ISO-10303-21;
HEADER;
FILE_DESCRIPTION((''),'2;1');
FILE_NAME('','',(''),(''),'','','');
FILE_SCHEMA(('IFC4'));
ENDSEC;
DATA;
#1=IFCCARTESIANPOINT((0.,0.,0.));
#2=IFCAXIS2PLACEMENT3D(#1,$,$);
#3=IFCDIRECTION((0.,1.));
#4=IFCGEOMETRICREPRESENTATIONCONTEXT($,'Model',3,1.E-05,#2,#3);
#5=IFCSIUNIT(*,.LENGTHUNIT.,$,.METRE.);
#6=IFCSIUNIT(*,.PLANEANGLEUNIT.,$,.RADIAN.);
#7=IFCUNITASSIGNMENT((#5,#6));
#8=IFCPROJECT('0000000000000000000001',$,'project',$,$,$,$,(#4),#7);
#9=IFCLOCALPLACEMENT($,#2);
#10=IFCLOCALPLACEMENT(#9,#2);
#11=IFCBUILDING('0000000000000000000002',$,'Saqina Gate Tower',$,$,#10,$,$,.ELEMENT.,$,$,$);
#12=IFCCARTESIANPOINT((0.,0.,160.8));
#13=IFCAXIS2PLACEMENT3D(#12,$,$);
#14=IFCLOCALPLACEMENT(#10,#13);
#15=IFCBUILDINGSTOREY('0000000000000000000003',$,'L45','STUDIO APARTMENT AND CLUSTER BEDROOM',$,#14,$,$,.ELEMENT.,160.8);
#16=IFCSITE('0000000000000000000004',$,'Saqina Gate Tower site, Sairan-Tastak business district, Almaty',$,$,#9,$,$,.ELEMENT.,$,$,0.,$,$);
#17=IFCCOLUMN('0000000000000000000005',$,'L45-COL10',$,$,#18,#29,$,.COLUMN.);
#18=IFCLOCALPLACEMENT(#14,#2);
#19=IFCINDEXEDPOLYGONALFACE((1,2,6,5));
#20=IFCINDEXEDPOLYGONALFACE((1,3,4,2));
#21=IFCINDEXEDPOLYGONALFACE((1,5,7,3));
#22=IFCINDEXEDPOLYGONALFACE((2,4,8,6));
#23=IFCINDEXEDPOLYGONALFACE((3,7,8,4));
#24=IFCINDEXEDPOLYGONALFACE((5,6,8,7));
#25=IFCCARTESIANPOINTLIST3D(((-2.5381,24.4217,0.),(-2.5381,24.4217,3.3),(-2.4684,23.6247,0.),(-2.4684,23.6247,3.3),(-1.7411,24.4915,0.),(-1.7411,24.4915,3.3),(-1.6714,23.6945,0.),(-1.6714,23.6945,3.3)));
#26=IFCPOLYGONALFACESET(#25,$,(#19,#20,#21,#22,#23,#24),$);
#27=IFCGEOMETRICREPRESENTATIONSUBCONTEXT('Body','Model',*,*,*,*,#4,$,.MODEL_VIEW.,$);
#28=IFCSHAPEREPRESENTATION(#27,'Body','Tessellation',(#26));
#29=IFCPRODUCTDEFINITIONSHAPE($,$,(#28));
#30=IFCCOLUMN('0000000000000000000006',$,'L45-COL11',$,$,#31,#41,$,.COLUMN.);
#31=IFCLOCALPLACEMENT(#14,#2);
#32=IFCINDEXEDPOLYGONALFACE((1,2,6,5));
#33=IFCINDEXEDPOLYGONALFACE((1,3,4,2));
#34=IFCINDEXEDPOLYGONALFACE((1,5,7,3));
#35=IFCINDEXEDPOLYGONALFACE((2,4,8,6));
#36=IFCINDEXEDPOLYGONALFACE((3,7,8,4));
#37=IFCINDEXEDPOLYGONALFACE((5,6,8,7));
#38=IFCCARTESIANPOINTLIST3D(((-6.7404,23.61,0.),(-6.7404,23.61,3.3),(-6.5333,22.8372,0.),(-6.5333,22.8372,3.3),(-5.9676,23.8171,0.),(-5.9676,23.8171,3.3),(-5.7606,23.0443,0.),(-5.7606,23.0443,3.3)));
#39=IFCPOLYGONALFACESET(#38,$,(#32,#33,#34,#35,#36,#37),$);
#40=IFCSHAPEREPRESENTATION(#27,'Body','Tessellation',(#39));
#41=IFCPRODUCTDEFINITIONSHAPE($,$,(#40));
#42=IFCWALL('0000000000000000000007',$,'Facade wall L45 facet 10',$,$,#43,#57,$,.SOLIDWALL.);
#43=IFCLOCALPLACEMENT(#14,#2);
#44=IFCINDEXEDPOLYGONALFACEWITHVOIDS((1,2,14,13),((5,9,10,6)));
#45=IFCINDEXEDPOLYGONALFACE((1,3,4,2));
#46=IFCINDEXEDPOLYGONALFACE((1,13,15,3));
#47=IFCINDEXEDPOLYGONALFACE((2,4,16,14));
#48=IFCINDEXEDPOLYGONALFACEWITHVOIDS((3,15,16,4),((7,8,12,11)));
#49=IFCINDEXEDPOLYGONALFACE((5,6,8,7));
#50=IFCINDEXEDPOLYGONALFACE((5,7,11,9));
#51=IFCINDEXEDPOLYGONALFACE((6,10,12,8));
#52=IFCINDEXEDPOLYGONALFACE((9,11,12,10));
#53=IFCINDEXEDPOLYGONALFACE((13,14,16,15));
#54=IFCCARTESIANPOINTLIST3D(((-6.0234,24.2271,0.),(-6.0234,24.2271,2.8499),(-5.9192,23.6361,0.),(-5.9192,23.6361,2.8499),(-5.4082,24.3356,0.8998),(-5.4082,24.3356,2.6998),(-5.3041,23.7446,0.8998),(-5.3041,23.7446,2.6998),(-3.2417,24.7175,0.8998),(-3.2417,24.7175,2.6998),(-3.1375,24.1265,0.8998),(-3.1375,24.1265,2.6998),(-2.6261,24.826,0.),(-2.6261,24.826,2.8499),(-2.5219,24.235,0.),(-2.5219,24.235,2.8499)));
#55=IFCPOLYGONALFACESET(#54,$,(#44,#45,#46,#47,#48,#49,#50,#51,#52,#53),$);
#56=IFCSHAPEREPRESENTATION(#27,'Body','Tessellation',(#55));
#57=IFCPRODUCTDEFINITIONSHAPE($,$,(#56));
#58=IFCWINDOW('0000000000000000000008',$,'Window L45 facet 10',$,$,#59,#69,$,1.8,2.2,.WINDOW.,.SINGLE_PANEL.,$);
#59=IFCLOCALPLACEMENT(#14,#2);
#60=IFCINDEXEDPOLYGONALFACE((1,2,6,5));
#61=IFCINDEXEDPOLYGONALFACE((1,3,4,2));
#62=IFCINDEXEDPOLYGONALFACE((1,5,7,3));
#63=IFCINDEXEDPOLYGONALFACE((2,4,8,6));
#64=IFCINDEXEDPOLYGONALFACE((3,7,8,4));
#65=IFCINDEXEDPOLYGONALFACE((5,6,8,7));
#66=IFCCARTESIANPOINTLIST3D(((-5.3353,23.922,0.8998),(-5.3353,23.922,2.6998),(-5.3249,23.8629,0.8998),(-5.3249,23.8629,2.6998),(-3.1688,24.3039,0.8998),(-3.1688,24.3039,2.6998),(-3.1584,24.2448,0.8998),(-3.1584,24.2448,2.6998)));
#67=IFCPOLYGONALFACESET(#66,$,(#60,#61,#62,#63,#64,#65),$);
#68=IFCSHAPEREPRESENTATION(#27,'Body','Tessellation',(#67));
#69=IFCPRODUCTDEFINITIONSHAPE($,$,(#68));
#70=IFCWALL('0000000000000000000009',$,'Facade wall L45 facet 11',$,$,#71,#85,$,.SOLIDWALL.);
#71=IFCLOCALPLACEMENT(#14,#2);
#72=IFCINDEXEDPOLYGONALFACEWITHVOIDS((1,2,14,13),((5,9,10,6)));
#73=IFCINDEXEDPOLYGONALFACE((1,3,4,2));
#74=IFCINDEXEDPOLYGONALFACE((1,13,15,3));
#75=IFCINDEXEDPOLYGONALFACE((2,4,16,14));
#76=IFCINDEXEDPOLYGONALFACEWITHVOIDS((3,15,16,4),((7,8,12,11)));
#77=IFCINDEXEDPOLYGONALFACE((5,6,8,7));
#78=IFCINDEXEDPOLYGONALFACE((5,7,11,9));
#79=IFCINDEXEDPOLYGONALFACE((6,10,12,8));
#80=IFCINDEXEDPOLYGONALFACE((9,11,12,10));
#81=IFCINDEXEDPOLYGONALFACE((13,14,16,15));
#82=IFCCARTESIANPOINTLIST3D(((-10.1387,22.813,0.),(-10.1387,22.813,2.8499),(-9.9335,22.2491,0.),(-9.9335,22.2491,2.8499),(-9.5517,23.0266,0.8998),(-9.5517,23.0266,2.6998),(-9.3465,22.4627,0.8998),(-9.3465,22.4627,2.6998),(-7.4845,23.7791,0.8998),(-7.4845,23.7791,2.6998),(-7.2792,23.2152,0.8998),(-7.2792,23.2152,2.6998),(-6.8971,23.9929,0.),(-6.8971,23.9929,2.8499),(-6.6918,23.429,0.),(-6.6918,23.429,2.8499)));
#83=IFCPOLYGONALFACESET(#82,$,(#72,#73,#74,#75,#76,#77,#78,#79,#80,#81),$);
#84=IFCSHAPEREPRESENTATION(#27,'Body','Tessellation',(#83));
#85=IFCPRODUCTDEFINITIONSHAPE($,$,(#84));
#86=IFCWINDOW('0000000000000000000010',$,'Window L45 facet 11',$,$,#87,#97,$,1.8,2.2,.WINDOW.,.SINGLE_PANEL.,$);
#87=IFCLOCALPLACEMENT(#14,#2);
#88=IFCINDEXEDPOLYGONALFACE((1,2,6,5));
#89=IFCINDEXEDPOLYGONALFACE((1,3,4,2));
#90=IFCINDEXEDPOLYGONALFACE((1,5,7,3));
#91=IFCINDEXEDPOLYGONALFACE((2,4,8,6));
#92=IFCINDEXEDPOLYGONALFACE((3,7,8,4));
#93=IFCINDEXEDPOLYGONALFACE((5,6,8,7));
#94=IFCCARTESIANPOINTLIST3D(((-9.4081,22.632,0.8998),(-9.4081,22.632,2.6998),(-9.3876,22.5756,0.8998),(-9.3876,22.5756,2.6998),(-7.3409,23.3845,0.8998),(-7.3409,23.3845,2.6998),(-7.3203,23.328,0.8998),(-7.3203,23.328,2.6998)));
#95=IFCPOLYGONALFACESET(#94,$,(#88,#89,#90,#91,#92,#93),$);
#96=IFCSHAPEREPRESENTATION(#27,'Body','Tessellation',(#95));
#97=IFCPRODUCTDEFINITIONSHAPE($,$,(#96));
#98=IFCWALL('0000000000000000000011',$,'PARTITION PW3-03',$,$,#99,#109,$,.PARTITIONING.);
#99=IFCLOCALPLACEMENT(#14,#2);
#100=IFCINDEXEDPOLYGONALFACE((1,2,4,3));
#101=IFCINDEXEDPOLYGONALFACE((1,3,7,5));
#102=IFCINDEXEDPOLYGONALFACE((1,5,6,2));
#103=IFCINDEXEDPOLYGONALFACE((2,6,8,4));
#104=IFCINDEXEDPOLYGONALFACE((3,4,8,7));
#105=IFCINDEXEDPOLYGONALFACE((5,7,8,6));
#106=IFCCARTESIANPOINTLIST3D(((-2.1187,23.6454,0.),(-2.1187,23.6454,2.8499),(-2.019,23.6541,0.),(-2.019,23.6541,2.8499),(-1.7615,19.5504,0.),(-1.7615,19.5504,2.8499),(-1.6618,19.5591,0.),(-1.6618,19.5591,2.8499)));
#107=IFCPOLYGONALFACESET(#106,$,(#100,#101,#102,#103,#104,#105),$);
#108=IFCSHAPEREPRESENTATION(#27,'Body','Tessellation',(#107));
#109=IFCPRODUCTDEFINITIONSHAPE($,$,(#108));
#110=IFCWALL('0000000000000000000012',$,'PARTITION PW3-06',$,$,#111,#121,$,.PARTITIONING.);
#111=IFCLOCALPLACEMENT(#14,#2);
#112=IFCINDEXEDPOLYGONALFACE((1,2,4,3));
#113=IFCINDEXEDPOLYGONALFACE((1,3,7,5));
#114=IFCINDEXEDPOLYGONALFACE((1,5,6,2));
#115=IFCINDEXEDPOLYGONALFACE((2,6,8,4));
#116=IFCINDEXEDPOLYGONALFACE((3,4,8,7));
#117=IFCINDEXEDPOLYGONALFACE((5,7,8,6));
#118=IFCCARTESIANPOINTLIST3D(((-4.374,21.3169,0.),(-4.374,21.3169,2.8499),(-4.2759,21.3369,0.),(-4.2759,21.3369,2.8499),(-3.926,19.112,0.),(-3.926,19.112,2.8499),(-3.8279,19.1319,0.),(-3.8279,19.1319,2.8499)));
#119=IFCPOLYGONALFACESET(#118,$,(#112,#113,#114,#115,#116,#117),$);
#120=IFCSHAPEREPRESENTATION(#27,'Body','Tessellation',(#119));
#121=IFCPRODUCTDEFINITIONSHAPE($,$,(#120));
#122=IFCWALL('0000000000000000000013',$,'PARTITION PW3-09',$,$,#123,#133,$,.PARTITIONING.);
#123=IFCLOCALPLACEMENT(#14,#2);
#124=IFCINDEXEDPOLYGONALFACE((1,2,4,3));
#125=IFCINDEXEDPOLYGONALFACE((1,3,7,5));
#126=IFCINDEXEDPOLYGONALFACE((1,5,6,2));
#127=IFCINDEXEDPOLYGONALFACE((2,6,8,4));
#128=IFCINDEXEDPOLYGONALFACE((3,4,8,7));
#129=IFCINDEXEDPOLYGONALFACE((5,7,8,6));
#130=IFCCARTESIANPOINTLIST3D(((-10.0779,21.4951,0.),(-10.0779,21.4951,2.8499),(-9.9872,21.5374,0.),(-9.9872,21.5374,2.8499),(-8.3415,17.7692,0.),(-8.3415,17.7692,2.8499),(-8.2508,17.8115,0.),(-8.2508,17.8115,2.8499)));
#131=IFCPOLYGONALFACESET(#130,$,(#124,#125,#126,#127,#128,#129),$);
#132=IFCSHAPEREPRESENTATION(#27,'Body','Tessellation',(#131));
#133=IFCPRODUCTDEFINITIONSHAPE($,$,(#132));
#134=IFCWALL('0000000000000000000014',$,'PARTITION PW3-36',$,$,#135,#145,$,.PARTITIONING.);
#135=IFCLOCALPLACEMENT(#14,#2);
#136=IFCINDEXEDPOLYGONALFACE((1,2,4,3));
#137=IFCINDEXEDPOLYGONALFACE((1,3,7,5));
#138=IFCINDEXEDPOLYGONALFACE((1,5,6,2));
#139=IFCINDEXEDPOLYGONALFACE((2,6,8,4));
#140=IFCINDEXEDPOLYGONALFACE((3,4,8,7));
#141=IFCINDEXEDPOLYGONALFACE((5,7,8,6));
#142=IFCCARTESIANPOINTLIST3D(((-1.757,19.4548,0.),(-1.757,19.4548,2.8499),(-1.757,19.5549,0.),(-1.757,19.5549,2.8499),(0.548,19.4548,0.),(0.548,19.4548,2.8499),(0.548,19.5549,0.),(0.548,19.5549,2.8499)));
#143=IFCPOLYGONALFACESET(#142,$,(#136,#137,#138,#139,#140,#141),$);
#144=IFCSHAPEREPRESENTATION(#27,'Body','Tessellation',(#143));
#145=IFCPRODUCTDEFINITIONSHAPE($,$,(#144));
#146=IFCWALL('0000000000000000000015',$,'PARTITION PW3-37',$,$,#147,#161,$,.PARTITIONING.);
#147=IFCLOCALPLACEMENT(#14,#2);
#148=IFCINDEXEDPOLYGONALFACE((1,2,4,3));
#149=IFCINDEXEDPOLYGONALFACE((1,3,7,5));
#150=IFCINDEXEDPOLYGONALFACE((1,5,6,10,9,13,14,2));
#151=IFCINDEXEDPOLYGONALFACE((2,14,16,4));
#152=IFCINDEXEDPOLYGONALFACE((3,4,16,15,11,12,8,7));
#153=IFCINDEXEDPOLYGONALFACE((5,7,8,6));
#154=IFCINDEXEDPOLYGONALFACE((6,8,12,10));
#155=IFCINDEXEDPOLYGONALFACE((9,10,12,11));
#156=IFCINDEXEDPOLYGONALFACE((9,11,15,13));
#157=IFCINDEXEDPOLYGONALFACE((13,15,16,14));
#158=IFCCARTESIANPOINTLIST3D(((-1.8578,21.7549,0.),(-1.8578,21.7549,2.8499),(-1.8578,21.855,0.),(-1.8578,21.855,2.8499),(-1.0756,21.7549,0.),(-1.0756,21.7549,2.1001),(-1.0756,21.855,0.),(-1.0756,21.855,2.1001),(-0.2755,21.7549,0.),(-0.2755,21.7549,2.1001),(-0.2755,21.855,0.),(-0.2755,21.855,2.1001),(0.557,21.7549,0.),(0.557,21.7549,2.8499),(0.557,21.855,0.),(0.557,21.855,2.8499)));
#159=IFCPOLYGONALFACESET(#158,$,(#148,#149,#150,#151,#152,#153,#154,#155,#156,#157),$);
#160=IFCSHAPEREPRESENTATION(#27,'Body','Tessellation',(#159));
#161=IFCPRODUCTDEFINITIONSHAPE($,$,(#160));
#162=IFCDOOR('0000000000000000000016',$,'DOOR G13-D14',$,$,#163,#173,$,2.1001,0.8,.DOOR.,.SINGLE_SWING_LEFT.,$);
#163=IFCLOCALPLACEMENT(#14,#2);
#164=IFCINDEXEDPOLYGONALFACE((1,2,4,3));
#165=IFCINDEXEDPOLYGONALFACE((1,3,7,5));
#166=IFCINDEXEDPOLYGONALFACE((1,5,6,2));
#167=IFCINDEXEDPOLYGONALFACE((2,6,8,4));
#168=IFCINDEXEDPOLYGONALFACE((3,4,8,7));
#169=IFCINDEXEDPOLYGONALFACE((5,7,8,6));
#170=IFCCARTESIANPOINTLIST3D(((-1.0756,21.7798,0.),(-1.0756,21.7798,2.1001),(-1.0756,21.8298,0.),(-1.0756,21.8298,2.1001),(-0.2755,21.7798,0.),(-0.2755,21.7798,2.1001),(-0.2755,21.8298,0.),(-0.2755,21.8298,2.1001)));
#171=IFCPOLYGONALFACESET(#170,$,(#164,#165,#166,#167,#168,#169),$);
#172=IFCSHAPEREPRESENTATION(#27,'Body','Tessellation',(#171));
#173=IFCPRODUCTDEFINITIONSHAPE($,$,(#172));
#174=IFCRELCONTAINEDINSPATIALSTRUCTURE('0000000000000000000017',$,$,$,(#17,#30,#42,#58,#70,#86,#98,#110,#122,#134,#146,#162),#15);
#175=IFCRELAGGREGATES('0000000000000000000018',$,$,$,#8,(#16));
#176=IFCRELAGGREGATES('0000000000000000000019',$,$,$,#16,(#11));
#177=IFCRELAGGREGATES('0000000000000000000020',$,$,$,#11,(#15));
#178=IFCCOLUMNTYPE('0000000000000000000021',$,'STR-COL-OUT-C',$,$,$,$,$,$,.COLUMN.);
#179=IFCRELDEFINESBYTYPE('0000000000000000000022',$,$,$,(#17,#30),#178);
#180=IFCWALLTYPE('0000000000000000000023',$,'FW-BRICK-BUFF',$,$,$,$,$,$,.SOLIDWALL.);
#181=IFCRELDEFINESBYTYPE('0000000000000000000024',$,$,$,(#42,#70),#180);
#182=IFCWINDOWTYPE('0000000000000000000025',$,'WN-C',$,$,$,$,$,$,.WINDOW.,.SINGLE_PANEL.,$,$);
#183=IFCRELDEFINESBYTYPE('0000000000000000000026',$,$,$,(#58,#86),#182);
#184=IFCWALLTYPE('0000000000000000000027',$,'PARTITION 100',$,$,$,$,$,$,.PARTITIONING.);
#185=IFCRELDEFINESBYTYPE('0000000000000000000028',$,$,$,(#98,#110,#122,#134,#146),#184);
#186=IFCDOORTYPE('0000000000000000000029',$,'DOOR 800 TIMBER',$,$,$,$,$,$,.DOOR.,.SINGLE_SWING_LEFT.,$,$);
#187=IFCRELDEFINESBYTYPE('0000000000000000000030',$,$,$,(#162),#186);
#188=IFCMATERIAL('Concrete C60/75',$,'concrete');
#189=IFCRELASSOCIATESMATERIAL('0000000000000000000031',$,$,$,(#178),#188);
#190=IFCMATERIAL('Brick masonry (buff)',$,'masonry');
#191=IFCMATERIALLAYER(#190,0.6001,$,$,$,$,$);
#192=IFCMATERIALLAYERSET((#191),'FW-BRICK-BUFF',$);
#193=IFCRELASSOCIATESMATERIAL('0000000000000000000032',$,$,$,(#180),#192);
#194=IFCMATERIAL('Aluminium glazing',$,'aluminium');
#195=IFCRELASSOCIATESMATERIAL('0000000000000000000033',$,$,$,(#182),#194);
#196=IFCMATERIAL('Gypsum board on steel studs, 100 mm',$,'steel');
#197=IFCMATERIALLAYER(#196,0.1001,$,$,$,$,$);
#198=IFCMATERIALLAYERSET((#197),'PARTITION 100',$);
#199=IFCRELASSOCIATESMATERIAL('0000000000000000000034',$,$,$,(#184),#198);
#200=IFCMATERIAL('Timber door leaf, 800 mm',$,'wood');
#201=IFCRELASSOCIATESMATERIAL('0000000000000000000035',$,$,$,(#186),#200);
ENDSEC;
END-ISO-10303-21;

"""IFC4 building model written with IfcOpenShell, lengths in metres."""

from ifc_helpers import new_model, si_unit, direction, frame, frame_2d, origin, origin_2d, place, context, subcontext, project, spatial, rectangle, extrude, material, layer, layer_set, material_profile, profile_set, type_object, element, fill, save


model = new_model("IFC4")

# Units and contexts
model_context = context("Model", 3, precision=1e-05, world=origin(), true_north=direction((0.0, 1.0)))
body_context = subcontext(model_context, "Body", "Model", "MODEL_VIEW")
ifc_project = project(units=[si_unit("LENGTHUNIT", "METRE"), si_unit("PLANEANGLEUNIT", "RADIAN")], contexts=[model_context])

# Site, building, storey
site_placement = place(None, origin())
site = spatial("IfcSite", under=ifc_project, at=site_placement, Name="Saqina Gate Tower site, Sairan-Tastak business district, Almaty", CompositionType="ELEMENT", RefElevation=0.0)
building_placement = place(site_placement, origin())
building = spatial("IfcBuilding", under=site, at=building_placement, Name="Saqina Gate Tower", CompositionType="ELEMENT")
storey_placement = place(building_placement, frame((0.0, 0.0, 160.8)))
storey = spatial("IfcBuildingStorey", under=building, at=storey_placement, Name="L45", Description="STUDIO APARTMENT AND CLUSTER BEDROOM", CompositionType="ELEMENT", Elevation=160.8)

# Columns
ifc_material_1 = material(Name="Concrete C60/75", Category="concrete")
ifc_material_profile = material_profile(ifc_material_1, rectangle(XDim=0.8, YDim=0.8, at=origin_2d()), Name="RC 800x800")
ifc_profile_set = profile_set([ifc_material_profile], Name="Concrete C60/75")
column_type = type_object("IfcColumnType", Name="STR-COL-OUT-C", PredefinedType="COLUMN", material=ifc_profile_set)
for number, where, z_axis, x_axis, name in (
    (1, (-2.1047, 24.0581, 0.0), (0.0, 0.0, 1.0), (-0.087156, 0.996195, 0.0), "L45-COL10"),
    (2, (-6.2505, 23.3271, 0.0), (0.0, 0.0, 1.0), (-0.258819, 0.965926, 0.0), "L45-COL11"),
):
    element("IfcColumn", number, at=place(storey_placement, frame(where, z_axis=z_axis, x_axis=x_axis)), inside=storey, type_object=column_type, Name=name, PredefinedType="COLUMN", context=body_context, shape_type="SweptSolid", body=[
        extrude(rectangle(XDim=0.8, YDim=0.8, at=origin_2d()), origin(), (0.0, 0.0, 1.0), 3.3),
    ])

# Walls, openings, windows
ifc_material_2 = material(Name="Brick masonry (buff)", Category="masonry")
ifc_layer_1 = layer(ifc_material_2, 0.6001)
ifc_layer_set_1 = layer_set([ifc_layer_1], Name="FW-BRICK-BUFF")
wall_type_1 = type_object("IfcWallType", Name="FW-BRICK-BUFF", PredefinedType="SOLIDWALL", material=ifc_layer_set_1)
wall_1_placement = place(storey_placement, frame((-2.574, 24.5305, 0.0), z_axis=(0.0, 0.0, 1.0), x_axis=(-0.984815, -0.173608, 0.0)))
wall_1 = element("IfcWall", 3, at=wall_1_placement, inside=storey, type_object=wall_type_1, Name="Facade wall L45 facet 10", PredefinedType="SOLIDWALL", context=body_context, shape_type="SweptSolid", body=[
    extrude(rectangle(XDim=3.4497, YDim=0.6001, at=frame_2d((1.7249, 0.0))), origin(), (0.0, 0.0, 1.0), 2.8499),
])
opening_1_placement = place(wall_1_placement, frame((0.625, 0.0, 0.8999)))
opening_1 = element("IfcOpeningElement", 4, at=opening_1_placement, cuts=wall_1, PredefinedType="OPENING", context=body_context, shape_type="SweptSolid", body=[
    extrude(rectangle(XDim=2.2, YDim=1.8, at=frame_2d((1.1001, 0.8999))), frame((0.0, 0.312, 0.0), z_axis=(0.0, -1.0, 0.0), x_axis=(1.0, 0.0, 0.0)), (0.0, 0.0, 1.0), 0.624),
])
ifc_material_3 = material(Name="Aluminium glazing", Category="aluminium")
window_type = type_object("IfcWindowType", Name="WN-C", PartitioningType="SINGLE_PANEL", PredefinedType="WINDOW", material=ifc_material_3)
window_1_placement = place(opening_1_placement, origin())
window_1 = element("IfcWindow", 5, at=window_1_placement, inside=storey, type_object=window_type, Name="Window L45 facet 10", OverallHeight=1.8, OverallWidth=2.2, PartitioningType="SINGLE_PANEL", PredefinedType="WINDOW", context=body_context, shape_type="SweptSolid", body=[
    extrude(rectangle(XDim=2.2, YDim=1.8, at=frame_2d((1.1001, 0.8999))), frame((0.0, 0.1799, 0.0), z_axis=(0.0, -1.0, 0.0), x_axis=(1.0, 0.0, 0.0)), (0.0, 0.0, 1.0), 0.0601),
])
fill(opening_1, window_1)
wall_2_placement = place(storey_placement, frame((-6.7944, 23.7109, 0.0), z_axis=(0.0, 0.0, 1.0), x_axis=(-0.939688, -0.342033, 0.0)))
wall_2 = element("IfcWall", 6, at=wall_2_placement, inside=storey, type_object=wall_type_1, Name="Facade wall L45 facet 11", PredefinedType="SOLIDWALL", context=body_context, shape_type="SweptSolid", body=[
    extrude(rectangle(XDim=3.4497, YDim=0.6001, at=frame_2d((1.7249, 0.0))), origin(), (0.0, 0.0, 1.0), 2.8499),
])
opening_2_placement = place(wall_2_placement, frame((0.625, 0.0, 0.8999)))
opening_2 = element("IfcOpeningElement", 7, at=opening_2_placement, cuts=wall_2, PredefinedType="OPENING", context=body_context, shape_type="SweptSolid", body=[
    extrude(rectangle(XDim=2.2, YDim=1.8, at=frame_2d((1.1001, 0.8999))), frame((0.0, 0.312, 0.0), z_axis=(0.0, -1.0, 0.0), x_axis=(1.0, 0.0, 0.0)), (0.0, 0.0, 1.0), 0.624),
])
window_2_placement = place(opening_2_placement, origin())
window_2 = element("IfcWindow", 8, at=window_2_placement, inside=storey, type_object=window_type, Name="Window L45 facet 11", OverallHeight=1.8, OverallWidth=2.2, PartitioningType="SINGLE_PANEL", PredefinedType="WINDOW", context=body_context, shape_type="SweptSolid", body=[
    extrude(rectangle(XDim=2.2, YDim=1.8, at=frame_2d((1.1001, 0.8999))), frame((0.0, 0.1799, 0.0), z_axis=(0.0, -1.0, 0.0), x_axis=(1.0, 0.0, 0.0)), (0.0, 0.0, 1.0), 0.0601),
])
fill(opening_2, window_2)

# Walls
ifc_material_4 = material(Name="Gypsum board on steel studs, 100 mm", Category="steel")
ifc_layer_2 = layer(ifc_material_4, 0.1001)
ifc_layer_set_2 = layer_set([ifc_layer_2], Name="PARTITION 100")
wall_type_2 = type_object("IfcWallType", Name="PARTITION 100", PredefinedType="PARTITIONING", material=ifc_layer_set_2)
wall_3_placement = place(storey_placement, frame((-2.0688, 23.6497, 0.0), z_axis=(0.0, 0.0, 1.0), x_axis=(0.086894, -0.996218, 0.0)))
element("IfcWall", 9, at=wall_3_placement, inside=storey, type_object=wall_type_2, Name="PARTITION PW3-03", PredefinedType="PARTITIONING", context=body_context, shape_type="SweptSolid", body=[
    extrude(rectangle(XDim=4.1106, YDim=0.1001, at=frame_2d((2.0552, 0.0))), origin(), (0.0, 0.0, 1.0), 2.8499),
])
wall_4_placement = place(storey_placement, frame((-4.325, 21.3269, 0.0), z_axis=(0.0, 0.0, 1.0), x_axis=(0.19912, -0.979975, 0.0)))
element("IfcWall", 10, at=wall_4_placement, inside=storey, type_object=wall_type_2, Name="PARTITION PW3-06", PredefinedType="PARTITIONING", context=body_context, shape_type="SweptSolid", body=[
    extrude(rectangle(XDim=2.25, YDim=0.1001, at=frame_2d((1.125, 0.0))), origin(), (0.0, 0.0, 1.0), 2.8499),
])
wall_5_placement = place(storey_placement, frame((-10.0325, 21.5161, 0.0), z_axis=(0.0, 0.0, 1.0), x_axis=(0.422407, -0.906406, 0.0)))
element("IfcWall", 11, at=wall_5_placement, inside=storey, type_object=wall_type_2, Name="PARTITION PW3-09", PredefinedType="PARTITIONING", context=body_context, shape_type="SweptSolid", body=[
    extrude(rectangle(XDim=4.1106, YDim=0.1001, at=frame_2d((2.0552, 0.0))), origin(), (0.0, 0.0, 1.0), 2.8499),
])
wall_6_placement = place(storey_placement, frame((-1.7568, 19.5049, 0.0), z_axis=(0.0, 0.0, 1.0), x_axis=(1.0, 0.0, 0.0)))
element("IfcWall", 12, at=wall_6_placement, inside=storey, type_object=wall_type_2, Name="PARTITION PW3-36", PredefinedType="PARTITIONING", context=body_context, shape_type="SweptSolid", body=[
    extrude(rectangle(XDim=2.3049, YDim=0.1001, at=frame_2d((1.1523, 0.0))), origin(), (0.0, 0.0, 1.0), 2.8499),
])

# Wall, opening, door
wall_7_placement = place(storey_placement, frame((-1.8579, 21.8049, 0.0), z_axis=(0.0, 0.0, 1.0), x_axis=(1.0, 0.0, 0.0)))
wall_7 = element("IfcWall", 13, at=wall_7_placement, inside=storey, type_object=wall_type_2, Name="PARTITION PW3-37", PredefinedType="PARTITIONING", context=body_context, shape_type="SweptSolid", body=[
    extrude(rectangle(XDim=2.4148, YDim=0.1001, at=frame_2d((1.2075, 0.0))), origin(), (0.0, 0.0, 1.0), 2.8499),
])
opening_3_placement = place(wall_7_placement, frame((0.7825, 0.0, 0.0)))
opening_3 = element("IfcOpeningElement", 14, at=opening_3_placement, cuts=wall_7, PredefinedType="OPENING", context=body_context, shape_type="SweptSolid", body=[
    extrude(rectangle(XDim=0.8, YDim=2.1001, at=frame_2d((0.3999, 1.05))), frame((0.0, 0.062, 0.0), z_axis=(0.0, -1.0, 0.0), x_axis=(1.0, 0.0, 0.0)), (0.0, 0.0, 1.0), 0.124),
])
ifc_material_5 = material(Name="Timber door leaf, 800 mm", Category="wood")
door_type_1 = type_object("IfcDoorType", Name="DOOR 800 TIMBER", OperationType="SINGLE_SWING_LEFT", PredefinedType="DOOR", material=ifc_material_5)
door_1_placement = place(opening_3_placement, origin())
door_1 = element("IfcDoor", 15, at=door_1_placement, inside=storey, type_object=door_type_1, Name="DOOR G13-D14", OperationType="SINGLE_SWING_LEFT", OverallHeight=2.1001, OverallWidth=0.8, PredefinedType="DOOR", context=body_context, shape_type="SweptSolid", body=[
    extrude(rectangle(XDim=0.8, YDim=2.1001, at=frame_2d((0.3999, 1.05))), frame((0.0, 0.0249, 0.0), z_axis=(0.0, -1.0, 0.0), x_axis=(1.0, 0.0, 0.0)), (0.0, 0.0, 1.0), 0.05),
])
fill(opening_3, door_1)

save(model, "model.ifc")
